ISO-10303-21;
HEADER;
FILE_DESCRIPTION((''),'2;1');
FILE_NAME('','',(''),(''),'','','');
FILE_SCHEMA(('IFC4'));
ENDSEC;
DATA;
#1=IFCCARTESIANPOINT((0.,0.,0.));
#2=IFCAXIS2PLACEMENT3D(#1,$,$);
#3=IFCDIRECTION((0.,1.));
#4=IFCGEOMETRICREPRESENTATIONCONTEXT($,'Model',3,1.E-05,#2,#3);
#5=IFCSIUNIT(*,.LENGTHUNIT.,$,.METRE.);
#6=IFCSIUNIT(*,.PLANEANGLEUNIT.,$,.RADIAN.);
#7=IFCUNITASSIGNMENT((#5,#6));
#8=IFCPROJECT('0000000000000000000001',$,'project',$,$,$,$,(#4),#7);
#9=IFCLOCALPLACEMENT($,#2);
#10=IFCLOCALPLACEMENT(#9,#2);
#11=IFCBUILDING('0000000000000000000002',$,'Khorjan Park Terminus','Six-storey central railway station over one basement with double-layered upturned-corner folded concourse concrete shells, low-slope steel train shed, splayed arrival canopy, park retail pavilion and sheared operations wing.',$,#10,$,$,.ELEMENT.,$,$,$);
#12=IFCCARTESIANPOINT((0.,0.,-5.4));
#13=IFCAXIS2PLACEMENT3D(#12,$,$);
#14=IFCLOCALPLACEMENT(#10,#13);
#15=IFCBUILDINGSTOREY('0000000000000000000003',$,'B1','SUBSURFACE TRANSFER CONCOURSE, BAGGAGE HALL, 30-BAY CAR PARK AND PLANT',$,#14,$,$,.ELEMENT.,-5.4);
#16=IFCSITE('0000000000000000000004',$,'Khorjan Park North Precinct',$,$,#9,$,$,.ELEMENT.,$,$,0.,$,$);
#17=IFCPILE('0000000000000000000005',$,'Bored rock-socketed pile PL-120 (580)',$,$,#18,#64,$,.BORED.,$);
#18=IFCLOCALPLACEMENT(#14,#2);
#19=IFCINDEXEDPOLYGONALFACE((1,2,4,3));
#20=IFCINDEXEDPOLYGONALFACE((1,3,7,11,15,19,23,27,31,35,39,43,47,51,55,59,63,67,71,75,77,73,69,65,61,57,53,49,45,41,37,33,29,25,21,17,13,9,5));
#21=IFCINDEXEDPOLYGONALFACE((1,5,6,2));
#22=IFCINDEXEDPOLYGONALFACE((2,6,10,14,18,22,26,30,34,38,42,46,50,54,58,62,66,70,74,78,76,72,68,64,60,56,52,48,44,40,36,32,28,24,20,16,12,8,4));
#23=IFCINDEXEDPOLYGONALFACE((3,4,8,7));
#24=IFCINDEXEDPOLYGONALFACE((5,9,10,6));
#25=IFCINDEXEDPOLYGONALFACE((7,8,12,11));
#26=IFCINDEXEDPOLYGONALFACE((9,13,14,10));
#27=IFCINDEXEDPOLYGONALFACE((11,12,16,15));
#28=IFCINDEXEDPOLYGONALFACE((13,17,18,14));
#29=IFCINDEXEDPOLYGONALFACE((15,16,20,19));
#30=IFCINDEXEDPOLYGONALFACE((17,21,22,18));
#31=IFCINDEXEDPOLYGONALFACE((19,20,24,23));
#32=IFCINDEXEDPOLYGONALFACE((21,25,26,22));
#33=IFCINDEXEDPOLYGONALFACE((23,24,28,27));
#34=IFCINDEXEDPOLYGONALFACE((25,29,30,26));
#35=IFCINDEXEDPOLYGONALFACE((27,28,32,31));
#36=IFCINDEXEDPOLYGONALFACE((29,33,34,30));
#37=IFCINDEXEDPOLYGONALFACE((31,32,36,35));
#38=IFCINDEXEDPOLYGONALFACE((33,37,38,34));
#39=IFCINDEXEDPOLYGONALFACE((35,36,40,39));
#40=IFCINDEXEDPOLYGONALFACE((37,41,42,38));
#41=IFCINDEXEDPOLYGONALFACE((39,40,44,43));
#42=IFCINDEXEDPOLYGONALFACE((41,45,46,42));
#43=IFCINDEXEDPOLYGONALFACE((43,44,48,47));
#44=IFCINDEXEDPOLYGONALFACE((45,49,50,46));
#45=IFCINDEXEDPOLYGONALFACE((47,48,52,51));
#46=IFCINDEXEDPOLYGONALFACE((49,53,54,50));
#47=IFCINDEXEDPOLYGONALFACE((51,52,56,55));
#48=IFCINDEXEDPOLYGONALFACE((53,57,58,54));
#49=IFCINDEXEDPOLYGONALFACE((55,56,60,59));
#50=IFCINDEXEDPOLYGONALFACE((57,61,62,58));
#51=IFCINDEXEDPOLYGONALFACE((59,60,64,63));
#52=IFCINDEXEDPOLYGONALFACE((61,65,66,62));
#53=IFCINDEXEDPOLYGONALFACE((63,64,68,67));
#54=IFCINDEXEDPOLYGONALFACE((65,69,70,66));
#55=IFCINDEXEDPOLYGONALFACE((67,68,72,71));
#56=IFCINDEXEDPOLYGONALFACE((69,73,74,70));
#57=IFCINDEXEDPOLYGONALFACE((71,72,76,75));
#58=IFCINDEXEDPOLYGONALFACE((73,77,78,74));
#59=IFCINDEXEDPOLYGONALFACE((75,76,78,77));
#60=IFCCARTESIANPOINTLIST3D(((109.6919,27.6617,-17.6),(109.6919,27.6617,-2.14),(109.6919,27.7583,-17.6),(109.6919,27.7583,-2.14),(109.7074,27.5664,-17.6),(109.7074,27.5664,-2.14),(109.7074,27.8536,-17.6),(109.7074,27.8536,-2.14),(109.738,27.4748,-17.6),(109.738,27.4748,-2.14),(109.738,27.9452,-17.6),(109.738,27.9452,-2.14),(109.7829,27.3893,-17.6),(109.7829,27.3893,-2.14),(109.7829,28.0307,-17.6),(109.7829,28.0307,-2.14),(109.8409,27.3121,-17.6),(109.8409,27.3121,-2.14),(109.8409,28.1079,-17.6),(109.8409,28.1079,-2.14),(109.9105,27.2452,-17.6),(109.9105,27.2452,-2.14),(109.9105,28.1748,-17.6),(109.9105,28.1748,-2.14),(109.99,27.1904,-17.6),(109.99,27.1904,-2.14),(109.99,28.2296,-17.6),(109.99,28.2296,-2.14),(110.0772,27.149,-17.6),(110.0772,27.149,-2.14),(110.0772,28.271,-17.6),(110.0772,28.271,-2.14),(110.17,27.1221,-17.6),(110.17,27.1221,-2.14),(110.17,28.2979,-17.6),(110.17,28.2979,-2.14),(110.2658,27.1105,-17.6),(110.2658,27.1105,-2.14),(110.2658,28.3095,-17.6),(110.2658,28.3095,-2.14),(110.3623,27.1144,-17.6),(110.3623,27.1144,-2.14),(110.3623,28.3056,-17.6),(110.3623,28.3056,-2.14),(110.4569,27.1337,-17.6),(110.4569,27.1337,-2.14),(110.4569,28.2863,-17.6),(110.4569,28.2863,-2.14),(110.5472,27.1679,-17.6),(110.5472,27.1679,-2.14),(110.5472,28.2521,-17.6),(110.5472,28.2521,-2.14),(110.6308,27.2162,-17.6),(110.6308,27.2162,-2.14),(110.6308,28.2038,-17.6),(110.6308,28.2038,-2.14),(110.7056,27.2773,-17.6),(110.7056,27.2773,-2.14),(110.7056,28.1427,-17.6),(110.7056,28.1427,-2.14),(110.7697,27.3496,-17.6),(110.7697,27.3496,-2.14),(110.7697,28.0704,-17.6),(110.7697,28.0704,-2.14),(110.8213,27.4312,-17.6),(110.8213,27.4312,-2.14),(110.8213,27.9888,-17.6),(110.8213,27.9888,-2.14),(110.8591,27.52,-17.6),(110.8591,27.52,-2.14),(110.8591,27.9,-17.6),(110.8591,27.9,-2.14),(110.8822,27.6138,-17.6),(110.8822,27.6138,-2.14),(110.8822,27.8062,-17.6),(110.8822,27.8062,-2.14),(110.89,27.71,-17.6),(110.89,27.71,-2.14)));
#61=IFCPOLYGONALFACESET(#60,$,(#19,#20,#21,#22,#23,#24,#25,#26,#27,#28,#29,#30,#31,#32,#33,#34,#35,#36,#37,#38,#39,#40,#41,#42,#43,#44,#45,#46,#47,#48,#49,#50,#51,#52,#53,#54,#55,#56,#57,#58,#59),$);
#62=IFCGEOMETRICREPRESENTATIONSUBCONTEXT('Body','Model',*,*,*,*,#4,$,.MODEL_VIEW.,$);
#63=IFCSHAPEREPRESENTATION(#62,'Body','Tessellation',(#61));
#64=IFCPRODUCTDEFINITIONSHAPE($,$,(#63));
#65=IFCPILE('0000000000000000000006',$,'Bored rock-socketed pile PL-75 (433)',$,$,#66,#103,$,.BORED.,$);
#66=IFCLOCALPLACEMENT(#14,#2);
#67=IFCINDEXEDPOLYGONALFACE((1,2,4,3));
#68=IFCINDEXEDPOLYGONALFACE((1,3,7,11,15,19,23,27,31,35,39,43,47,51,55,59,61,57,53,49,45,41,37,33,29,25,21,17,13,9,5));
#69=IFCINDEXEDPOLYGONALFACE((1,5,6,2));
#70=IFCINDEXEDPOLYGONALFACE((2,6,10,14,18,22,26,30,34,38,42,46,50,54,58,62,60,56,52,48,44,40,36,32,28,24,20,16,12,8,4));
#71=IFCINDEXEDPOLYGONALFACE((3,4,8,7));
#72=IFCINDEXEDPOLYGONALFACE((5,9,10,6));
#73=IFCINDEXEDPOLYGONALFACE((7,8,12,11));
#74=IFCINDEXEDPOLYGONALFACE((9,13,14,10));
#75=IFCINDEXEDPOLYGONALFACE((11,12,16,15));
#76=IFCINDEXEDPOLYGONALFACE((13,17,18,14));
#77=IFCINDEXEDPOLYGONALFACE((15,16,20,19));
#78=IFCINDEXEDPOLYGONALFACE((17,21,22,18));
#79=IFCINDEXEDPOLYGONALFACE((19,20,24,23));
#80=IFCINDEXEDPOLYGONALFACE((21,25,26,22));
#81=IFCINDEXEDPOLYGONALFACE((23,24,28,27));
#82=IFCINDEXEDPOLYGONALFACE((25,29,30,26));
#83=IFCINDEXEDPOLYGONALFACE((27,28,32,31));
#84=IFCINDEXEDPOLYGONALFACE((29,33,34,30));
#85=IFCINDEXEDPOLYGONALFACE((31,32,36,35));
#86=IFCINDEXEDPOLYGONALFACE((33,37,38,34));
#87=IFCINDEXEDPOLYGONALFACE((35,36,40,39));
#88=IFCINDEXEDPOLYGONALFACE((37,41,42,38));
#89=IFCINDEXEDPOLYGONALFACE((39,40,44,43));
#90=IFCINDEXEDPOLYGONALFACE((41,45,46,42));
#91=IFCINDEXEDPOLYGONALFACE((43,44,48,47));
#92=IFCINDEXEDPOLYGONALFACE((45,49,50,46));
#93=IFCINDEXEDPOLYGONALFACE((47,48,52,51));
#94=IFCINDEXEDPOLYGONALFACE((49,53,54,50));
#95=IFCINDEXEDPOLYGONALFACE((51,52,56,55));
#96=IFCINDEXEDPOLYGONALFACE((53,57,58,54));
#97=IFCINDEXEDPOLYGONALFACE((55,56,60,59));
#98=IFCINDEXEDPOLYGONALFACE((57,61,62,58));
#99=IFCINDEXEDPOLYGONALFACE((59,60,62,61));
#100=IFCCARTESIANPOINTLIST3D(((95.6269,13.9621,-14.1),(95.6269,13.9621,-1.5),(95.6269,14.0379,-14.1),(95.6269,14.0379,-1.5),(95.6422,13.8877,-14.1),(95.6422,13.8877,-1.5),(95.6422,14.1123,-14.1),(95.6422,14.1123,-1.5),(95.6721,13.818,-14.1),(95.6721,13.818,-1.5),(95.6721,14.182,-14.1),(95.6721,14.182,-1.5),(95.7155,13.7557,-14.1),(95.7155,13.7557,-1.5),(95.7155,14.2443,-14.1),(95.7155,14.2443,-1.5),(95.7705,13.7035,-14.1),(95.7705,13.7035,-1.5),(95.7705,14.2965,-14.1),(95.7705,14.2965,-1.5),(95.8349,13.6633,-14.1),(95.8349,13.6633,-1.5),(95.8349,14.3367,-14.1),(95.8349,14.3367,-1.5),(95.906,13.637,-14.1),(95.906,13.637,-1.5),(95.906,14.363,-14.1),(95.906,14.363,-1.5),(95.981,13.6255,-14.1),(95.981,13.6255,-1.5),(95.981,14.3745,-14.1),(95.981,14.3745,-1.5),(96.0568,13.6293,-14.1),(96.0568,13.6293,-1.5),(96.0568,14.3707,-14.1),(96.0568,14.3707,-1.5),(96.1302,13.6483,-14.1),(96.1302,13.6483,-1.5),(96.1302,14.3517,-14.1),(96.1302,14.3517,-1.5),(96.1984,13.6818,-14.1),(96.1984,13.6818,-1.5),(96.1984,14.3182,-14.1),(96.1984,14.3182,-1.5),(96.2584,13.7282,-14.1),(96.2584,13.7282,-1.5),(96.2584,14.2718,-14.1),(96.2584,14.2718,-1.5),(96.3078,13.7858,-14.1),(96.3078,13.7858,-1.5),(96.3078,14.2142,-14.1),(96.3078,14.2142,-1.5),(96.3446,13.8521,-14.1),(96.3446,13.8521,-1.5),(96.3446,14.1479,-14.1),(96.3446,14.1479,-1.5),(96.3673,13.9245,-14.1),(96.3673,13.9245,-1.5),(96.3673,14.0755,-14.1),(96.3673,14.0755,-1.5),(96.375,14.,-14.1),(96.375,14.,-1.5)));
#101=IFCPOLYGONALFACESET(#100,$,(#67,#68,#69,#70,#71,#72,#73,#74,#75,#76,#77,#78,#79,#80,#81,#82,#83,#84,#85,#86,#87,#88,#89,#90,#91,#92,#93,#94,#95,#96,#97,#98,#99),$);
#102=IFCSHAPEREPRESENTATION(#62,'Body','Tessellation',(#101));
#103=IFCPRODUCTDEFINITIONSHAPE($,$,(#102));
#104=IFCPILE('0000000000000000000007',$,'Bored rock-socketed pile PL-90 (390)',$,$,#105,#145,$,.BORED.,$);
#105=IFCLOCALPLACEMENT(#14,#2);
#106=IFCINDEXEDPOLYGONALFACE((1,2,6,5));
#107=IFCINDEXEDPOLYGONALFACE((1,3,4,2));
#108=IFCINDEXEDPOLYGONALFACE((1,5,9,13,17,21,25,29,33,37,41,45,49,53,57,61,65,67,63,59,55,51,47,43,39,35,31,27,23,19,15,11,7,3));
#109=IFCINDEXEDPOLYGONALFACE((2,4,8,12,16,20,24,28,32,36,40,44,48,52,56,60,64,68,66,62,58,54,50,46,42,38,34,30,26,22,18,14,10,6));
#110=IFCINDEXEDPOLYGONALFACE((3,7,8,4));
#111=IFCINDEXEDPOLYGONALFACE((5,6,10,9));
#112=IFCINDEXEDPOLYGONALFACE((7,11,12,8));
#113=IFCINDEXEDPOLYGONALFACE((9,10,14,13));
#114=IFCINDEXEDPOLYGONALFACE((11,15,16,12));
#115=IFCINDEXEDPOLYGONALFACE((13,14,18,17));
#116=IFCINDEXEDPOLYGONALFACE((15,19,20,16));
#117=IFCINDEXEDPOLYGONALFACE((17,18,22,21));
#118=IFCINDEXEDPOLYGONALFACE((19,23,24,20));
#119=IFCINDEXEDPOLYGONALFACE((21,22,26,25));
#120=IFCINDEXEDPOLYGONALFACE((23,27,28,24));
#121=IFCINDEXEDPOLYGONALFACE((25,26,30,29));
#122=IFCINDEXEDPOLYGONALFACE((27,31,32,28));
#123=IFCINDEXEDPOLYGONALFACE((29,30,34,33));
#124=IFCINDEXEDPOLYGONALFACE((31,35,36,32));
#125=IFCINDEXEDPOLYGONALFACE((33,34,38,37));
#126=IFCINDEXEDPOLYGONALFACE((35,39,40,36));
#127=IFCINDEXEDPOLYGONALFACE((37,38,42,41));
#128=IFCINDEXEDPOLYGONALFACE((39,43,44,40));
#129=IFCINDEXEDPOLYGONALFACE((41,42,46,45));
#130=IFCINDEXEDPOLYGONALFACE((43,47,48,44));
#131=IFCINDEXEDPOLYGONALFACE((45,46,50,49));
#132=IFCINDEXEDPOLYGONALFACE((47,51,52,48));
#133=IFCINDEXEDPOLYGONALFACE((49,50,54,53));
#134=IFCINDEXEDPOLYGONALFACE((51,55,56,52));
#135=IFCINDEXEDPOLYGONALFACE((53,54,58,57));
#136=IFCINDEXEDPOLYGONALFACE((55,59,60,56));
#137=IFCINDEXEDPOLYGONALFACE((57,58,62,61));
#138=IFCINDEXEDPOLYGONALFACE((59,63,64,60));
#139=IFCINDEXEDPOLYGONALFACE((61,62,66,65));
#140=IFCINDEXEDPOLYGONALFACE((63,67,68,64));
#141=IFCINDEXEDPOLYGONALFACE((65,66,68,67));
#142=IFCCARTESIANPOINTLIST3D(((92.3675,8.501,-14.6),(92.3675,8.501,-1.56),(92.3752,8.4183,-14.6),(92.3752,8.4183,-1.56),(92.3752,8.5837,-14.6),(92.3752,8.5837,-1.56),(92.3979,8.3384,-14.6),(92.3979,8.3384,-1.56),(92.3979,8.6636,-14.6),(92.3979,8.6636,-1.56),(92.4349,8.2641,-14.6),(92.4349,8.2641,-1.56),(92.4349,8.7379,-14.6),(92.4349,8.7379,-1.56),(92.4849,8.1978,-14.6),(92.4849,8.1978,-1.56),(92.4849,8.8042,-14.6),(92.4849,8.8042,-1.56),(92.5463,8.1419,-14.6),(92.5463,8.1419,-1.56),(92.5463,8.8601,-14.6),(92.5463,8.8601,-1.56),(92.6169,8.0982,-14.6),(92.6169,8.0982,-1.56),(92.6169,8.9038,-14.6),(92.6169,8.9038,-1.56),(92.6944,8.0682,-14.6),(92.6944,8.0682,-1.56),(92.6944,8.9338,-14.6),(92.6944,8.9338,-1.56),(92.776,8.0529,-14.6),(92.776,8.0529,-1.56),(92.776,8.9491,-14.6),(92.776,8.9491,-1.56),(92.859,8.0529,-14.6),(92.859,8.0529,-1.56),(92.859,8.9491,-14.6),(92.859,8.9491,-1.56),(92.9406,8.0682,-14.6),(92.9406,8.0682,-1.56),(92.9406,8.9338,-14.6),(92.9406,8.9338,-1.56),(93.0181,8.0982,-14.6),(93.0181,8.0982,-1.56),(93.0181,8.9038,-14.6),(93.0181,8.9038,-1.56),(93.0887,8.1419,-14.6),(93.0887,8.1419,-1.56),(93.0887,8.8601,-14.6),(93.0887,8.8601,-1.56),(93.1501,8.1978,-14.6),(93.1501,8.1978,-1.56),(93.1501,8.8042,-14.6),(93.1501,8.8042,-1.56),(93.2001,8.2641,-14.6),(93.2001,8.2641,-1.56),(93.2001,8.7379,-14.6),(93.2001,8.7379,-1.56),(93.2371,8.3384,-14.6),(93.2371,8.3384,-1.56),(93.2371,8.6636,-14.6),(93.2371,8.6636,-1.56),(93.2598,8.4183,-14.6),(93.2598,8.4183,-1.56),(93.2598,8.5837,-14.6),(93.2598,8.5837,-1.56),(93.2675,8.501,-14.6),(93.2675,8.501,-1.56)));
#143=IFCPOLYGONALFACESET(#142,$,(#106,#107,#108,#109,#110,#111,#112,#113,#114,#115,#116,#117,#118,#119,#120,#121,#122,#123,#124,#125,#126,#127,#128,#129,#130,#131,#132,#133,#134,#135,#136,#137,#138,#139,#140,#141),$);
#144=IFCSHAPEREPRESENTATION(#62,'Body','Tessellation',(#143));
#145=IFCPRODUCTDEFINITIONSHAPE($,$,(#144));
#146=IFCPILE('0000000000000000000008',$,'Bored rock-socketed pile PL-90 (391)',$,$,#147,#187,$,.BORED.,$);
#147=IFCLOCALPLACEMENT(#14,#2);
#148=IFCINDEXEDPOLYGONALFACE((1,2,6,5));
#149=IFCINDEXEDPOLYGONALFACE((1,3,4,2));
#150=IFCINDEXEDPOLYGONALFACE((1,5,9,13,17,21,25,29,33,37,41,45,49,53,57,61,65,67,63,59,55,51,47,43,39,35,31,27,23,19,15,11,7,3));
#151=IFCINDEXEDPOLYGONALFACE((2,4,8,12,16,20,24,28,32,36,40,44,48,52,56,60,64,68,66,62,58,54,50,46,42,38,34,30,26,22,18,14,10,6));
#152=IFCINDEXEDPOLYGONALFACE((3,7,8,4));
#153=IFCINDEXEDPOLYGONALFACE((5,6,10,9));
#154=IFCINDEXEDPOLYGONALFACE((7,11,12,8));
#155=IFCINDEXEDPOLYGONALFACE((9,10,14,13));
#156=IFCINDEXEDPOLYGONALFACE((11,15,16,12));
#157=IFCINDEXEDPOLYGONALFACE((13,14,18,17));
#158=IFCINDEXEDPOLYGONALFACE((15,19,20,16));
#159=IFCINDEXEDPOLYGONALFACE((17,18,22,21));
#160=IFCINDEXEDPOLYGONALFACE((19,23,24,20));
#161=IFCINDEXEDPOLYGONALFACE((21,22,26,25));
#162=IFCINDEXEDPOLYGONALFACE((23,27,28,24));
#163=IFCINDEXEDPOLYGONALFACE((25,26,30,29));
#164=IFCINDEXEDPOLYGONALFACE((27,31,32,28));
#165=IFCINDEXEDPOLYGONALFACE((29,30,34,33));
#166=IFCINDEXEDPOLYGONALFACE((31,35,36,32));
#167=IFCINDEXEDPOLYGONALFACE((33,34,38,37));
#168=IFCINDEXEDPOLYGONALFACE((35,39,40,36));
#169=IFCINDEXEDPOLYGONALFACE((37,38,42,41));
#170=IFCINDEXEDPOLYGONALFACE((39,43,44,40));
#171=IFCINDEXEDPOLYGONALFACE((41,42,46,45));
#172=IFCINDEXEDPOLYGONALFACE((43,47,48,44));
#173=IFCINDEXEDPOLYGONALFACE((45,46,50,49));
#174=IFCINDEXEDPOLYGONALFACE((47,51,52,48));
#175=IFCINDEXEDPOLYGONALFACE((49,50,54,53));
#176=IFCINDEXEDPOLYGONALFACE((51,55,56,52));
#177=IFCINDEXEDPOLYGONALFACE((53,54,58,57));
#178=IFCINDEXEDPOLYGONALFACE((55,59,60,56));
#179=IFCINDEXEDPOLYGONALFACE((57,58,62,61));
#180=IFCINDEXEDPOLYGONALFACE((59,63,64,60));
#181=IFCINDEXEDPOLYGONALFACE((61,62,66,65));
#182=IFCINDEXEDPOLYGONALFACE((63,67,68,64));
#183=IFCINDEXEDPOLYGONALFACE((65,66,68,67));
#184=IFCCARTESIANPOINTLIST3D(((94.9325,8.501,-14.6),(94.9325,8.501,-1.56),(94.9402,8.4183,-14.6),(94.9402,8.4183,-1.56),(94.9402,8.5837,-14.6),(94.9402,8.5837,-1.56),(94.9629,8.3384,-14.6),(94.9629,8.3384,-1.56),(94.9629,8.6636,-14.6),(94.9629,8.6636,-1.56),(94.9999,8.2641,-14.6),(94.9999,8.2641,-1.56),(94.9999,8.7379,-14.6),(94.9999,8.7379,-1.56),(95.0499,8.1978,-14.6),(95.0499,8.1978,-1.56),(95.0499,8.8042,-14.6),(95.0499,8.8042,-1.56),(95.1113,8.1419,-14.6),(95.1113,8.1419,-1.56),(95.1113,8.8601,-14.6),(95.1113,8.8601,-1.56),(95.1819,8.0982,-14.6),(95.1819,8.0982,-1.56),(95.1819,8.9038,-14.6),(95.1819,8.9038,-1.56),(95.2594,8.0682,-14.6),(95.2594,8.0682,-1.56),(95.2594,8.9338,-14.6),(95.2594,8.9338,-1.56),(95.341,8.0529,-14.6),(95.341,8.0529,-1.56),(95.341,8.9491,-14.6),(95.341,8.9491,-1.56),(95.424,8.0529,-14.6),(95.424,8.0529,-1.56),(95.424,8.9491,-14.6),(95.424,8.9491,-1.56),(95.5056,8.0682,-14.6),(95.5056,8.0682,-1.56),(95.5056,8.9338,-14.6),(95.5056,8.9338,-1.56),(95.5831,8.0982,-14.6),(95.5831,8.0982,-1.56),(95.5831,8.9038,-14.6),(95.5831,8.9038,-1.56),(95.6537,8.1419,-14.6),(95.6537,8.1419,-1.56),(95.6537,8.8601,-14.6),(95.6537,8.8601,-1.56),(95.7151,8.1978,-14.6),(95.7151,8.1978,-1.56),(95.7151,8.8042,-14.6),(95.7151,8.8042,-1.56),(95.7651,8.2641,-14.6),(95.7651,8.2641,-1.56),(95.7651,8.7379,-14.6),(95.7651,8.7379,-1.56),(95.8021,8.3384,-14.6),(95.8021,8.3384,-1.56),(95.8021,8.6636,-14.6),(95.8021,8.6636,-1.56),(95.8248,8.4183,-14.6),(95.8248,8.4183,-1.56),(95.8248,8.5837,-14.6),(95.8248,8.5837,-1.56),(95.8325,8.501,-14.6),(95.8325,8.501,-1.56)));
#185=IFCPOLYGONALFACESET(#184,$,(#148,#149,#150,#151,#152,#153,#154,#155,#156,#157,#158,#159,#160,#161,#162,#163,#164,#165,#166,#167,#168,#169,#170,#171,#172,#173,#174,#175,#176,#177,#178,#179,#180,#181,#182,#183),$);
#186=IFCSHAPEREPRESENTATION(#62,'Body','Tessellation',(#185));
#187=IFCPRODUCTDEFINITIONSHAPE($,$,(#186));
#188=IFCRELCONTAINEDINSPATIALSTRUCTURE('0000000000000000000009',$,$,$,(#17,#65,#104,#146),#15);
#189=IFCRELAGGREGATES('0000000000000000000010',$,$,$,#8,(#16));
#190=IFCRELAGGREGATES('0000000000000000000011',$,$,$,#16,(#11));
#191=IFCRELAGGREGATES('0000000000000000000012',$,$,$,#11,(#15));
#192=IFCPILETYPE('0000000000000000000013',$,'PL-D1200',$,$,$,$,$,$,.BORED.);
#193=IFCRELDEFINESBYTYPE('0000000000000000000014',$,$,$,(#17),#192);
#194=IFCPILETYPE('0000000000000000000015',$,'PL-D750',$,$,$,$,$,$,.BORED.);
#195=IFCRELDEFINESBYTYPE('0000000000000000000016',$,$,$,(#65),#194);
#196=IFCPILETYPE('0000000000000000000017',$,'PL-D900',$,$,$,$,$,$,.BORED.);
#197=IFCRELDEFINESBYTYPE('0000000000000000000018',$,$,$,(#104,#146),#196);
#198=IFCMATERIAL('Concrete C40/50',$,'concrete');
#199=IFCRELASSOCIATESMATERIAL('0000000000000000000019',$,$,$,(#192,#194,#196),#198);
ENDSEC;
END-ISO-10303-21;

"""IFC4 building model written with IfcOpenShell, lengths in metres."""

from ifc_helpers import new_model, si_unit, direction, frame, origin, origin_2d, place, context, subcontext, project, spatial, circle, extrude, material, material_profile, profile_set, type_object, element, save


model = new_model("IFC4")

# Units and contexts
model_context = context("Model", 3, precision=1e-05, world=origin(), true_north=direction((0.0, 1.0)))
body_context = subcontext(model_context, "Body", "Model", "MODEL_VIEW")
ifc_project = project(units=[si_unit("LENGTHUNIT", "METRE"), si_unit("PLANEANGLEUNIT", "RADIAN")], contexts=[model_context])

# Site, building, storey
site_placement = place(None, origin())
site = spatial("IfcSite", under=ifc_project, at=site_placement, Name="Khorjan Park North Precinct", CompositionType="ELEMENT", RefElevation=0.0)
building_placement = place(site_placement, origin())
building = spatial("IfcBuilding", under=site, at=building_placement, Name="Khorjan Park Terminus", Description="Six-storey central railway station over one basement with double-layered upturned-corner folded concourse concrete shells, low-slope steel train shed, splayed arrival canopy, park retail pavilion and sheared operations wing.", CompositionType="ELEMENT")
storey_placement = place(building_placement, frame((0.0, 0.0, -5.4)))
storey = spatial("IfcBuildingStorey", under=building, at=storey_placement, Name="B1", Description="SUBSURFACE TRANSFER CONCOURSE, BAGGAGE HALL, 30-BAY CAR PARK AND PLANT", CompositionType="ELEMENT", Elevation=-5.4)

# Shared definitions
ifc_material_1 = material(Name="Concrete C40/50", Category="concrete")

# Piles
ifc_material_profile_1 = material_profile(ifc_material_1, circle(Radius=0.6, at=origin_2d()), Name="BORED D1200")
ifc_profile_set_1 = profile_set([ifc_material_profile_1], Name="Concrete C40/50")
pile_type_1 = type_object("IfcPileType", Name="PL-D1200", PredefinedType="BORED", material=ifc_profile_set_1)
for number, where, z_axis, x_axis, name in (
    (1, (110.29, 27.71, -2.14), (0.0, 0.0, -1.0), (1.0, 0.0, 0.0), "Bored rock-socketed pile PL-120 (580)"),
):
    element("IfcPile", number, at=place(storey_placement, frame(where, z_axis=z_axis, x_axis=x_axis)), inside=storey, type_object=pile_type_1, Name=name, PredefinedType="BORED", context=body_context, shape_type="SweptSolid", body=[
        extrude(circle(Radius=0.6, at=origin_2d()), origin(), (0.0, 0.0, 1.0), 15.46),
    ])
ifc_material_profile_2 = material_profile(ifc_material_1, circle(Radius=0.375, at=origin_2d()), Name="BORED D750")
ifc_profile_set_2 = profile_set([ifc_material_profile_2], Name="Concrete C40/50")
pile_type_2 = type_object("IfcPileType", Name="PL-D750", PredefinedType="BORED", material=ifc_profile_set_2)
pile_1_placement = place(storey_placement, frame((96.0, 14.0, -1.5), z_axis=(0.0, 0.0, -1.0), x_axis=(1.0, 0.0, 0.0)))
element("IfcPile", 2, at=pile_1_placement, inside=storey, type_object=pile_type_2, Name="Bored rock-socketed pile PL-75 (433)", PredefinedType="BORED", context=body_context, shape_type="SweptSolid", body=[
    extrude(circle(Radius=0.375, at=origin_2d()), origin(), (0.0, 0.0, 1.0), 12.6),
])
ifc_material_profile_3 = material_profile(ifc_material_1, circle(Radius=0.45, at=origin_2d()), Name="BORED D900")
ifc_profile_set_3 = profile_set([ifc_material_profile_3], Name="Concrete C40/50")
pile_type_3 = type_object("IfcPileType", Name="PL-D900", PredefinedType="BORED", material=ifc_profile_set_3)
for number, where, z_axis, x_axis, name in (
    (3, (92.8175, 8.501, -1.56), (0.0, 0.0, -1.0), (1.0, 0.0, 0.0), "Bored rock-socketed pile PL-90 (390)"),
    (4, (95.3825, 8.501, -1.56), (0.0, 0.0, -1.0), (1.0, 0.0, 0.0), "Bored rock-socketed pile PL-90 (391)"),
):
    element("IfcPile", number, at=place(storey_placement, frame(where, z_axis=z_axis, x_axis=x_axis)), inside=storey, type_object=pile_type_3, Name=name, PredefinedType="BORED", context=body_context, shape_type="SweptSolid", body=[
        extrude(circle(Radius=0.45, at=origin_2d()), origin(), (0.0, 0.0, 1.0), 13.04),
    ])

save(model, "model.ifc")
